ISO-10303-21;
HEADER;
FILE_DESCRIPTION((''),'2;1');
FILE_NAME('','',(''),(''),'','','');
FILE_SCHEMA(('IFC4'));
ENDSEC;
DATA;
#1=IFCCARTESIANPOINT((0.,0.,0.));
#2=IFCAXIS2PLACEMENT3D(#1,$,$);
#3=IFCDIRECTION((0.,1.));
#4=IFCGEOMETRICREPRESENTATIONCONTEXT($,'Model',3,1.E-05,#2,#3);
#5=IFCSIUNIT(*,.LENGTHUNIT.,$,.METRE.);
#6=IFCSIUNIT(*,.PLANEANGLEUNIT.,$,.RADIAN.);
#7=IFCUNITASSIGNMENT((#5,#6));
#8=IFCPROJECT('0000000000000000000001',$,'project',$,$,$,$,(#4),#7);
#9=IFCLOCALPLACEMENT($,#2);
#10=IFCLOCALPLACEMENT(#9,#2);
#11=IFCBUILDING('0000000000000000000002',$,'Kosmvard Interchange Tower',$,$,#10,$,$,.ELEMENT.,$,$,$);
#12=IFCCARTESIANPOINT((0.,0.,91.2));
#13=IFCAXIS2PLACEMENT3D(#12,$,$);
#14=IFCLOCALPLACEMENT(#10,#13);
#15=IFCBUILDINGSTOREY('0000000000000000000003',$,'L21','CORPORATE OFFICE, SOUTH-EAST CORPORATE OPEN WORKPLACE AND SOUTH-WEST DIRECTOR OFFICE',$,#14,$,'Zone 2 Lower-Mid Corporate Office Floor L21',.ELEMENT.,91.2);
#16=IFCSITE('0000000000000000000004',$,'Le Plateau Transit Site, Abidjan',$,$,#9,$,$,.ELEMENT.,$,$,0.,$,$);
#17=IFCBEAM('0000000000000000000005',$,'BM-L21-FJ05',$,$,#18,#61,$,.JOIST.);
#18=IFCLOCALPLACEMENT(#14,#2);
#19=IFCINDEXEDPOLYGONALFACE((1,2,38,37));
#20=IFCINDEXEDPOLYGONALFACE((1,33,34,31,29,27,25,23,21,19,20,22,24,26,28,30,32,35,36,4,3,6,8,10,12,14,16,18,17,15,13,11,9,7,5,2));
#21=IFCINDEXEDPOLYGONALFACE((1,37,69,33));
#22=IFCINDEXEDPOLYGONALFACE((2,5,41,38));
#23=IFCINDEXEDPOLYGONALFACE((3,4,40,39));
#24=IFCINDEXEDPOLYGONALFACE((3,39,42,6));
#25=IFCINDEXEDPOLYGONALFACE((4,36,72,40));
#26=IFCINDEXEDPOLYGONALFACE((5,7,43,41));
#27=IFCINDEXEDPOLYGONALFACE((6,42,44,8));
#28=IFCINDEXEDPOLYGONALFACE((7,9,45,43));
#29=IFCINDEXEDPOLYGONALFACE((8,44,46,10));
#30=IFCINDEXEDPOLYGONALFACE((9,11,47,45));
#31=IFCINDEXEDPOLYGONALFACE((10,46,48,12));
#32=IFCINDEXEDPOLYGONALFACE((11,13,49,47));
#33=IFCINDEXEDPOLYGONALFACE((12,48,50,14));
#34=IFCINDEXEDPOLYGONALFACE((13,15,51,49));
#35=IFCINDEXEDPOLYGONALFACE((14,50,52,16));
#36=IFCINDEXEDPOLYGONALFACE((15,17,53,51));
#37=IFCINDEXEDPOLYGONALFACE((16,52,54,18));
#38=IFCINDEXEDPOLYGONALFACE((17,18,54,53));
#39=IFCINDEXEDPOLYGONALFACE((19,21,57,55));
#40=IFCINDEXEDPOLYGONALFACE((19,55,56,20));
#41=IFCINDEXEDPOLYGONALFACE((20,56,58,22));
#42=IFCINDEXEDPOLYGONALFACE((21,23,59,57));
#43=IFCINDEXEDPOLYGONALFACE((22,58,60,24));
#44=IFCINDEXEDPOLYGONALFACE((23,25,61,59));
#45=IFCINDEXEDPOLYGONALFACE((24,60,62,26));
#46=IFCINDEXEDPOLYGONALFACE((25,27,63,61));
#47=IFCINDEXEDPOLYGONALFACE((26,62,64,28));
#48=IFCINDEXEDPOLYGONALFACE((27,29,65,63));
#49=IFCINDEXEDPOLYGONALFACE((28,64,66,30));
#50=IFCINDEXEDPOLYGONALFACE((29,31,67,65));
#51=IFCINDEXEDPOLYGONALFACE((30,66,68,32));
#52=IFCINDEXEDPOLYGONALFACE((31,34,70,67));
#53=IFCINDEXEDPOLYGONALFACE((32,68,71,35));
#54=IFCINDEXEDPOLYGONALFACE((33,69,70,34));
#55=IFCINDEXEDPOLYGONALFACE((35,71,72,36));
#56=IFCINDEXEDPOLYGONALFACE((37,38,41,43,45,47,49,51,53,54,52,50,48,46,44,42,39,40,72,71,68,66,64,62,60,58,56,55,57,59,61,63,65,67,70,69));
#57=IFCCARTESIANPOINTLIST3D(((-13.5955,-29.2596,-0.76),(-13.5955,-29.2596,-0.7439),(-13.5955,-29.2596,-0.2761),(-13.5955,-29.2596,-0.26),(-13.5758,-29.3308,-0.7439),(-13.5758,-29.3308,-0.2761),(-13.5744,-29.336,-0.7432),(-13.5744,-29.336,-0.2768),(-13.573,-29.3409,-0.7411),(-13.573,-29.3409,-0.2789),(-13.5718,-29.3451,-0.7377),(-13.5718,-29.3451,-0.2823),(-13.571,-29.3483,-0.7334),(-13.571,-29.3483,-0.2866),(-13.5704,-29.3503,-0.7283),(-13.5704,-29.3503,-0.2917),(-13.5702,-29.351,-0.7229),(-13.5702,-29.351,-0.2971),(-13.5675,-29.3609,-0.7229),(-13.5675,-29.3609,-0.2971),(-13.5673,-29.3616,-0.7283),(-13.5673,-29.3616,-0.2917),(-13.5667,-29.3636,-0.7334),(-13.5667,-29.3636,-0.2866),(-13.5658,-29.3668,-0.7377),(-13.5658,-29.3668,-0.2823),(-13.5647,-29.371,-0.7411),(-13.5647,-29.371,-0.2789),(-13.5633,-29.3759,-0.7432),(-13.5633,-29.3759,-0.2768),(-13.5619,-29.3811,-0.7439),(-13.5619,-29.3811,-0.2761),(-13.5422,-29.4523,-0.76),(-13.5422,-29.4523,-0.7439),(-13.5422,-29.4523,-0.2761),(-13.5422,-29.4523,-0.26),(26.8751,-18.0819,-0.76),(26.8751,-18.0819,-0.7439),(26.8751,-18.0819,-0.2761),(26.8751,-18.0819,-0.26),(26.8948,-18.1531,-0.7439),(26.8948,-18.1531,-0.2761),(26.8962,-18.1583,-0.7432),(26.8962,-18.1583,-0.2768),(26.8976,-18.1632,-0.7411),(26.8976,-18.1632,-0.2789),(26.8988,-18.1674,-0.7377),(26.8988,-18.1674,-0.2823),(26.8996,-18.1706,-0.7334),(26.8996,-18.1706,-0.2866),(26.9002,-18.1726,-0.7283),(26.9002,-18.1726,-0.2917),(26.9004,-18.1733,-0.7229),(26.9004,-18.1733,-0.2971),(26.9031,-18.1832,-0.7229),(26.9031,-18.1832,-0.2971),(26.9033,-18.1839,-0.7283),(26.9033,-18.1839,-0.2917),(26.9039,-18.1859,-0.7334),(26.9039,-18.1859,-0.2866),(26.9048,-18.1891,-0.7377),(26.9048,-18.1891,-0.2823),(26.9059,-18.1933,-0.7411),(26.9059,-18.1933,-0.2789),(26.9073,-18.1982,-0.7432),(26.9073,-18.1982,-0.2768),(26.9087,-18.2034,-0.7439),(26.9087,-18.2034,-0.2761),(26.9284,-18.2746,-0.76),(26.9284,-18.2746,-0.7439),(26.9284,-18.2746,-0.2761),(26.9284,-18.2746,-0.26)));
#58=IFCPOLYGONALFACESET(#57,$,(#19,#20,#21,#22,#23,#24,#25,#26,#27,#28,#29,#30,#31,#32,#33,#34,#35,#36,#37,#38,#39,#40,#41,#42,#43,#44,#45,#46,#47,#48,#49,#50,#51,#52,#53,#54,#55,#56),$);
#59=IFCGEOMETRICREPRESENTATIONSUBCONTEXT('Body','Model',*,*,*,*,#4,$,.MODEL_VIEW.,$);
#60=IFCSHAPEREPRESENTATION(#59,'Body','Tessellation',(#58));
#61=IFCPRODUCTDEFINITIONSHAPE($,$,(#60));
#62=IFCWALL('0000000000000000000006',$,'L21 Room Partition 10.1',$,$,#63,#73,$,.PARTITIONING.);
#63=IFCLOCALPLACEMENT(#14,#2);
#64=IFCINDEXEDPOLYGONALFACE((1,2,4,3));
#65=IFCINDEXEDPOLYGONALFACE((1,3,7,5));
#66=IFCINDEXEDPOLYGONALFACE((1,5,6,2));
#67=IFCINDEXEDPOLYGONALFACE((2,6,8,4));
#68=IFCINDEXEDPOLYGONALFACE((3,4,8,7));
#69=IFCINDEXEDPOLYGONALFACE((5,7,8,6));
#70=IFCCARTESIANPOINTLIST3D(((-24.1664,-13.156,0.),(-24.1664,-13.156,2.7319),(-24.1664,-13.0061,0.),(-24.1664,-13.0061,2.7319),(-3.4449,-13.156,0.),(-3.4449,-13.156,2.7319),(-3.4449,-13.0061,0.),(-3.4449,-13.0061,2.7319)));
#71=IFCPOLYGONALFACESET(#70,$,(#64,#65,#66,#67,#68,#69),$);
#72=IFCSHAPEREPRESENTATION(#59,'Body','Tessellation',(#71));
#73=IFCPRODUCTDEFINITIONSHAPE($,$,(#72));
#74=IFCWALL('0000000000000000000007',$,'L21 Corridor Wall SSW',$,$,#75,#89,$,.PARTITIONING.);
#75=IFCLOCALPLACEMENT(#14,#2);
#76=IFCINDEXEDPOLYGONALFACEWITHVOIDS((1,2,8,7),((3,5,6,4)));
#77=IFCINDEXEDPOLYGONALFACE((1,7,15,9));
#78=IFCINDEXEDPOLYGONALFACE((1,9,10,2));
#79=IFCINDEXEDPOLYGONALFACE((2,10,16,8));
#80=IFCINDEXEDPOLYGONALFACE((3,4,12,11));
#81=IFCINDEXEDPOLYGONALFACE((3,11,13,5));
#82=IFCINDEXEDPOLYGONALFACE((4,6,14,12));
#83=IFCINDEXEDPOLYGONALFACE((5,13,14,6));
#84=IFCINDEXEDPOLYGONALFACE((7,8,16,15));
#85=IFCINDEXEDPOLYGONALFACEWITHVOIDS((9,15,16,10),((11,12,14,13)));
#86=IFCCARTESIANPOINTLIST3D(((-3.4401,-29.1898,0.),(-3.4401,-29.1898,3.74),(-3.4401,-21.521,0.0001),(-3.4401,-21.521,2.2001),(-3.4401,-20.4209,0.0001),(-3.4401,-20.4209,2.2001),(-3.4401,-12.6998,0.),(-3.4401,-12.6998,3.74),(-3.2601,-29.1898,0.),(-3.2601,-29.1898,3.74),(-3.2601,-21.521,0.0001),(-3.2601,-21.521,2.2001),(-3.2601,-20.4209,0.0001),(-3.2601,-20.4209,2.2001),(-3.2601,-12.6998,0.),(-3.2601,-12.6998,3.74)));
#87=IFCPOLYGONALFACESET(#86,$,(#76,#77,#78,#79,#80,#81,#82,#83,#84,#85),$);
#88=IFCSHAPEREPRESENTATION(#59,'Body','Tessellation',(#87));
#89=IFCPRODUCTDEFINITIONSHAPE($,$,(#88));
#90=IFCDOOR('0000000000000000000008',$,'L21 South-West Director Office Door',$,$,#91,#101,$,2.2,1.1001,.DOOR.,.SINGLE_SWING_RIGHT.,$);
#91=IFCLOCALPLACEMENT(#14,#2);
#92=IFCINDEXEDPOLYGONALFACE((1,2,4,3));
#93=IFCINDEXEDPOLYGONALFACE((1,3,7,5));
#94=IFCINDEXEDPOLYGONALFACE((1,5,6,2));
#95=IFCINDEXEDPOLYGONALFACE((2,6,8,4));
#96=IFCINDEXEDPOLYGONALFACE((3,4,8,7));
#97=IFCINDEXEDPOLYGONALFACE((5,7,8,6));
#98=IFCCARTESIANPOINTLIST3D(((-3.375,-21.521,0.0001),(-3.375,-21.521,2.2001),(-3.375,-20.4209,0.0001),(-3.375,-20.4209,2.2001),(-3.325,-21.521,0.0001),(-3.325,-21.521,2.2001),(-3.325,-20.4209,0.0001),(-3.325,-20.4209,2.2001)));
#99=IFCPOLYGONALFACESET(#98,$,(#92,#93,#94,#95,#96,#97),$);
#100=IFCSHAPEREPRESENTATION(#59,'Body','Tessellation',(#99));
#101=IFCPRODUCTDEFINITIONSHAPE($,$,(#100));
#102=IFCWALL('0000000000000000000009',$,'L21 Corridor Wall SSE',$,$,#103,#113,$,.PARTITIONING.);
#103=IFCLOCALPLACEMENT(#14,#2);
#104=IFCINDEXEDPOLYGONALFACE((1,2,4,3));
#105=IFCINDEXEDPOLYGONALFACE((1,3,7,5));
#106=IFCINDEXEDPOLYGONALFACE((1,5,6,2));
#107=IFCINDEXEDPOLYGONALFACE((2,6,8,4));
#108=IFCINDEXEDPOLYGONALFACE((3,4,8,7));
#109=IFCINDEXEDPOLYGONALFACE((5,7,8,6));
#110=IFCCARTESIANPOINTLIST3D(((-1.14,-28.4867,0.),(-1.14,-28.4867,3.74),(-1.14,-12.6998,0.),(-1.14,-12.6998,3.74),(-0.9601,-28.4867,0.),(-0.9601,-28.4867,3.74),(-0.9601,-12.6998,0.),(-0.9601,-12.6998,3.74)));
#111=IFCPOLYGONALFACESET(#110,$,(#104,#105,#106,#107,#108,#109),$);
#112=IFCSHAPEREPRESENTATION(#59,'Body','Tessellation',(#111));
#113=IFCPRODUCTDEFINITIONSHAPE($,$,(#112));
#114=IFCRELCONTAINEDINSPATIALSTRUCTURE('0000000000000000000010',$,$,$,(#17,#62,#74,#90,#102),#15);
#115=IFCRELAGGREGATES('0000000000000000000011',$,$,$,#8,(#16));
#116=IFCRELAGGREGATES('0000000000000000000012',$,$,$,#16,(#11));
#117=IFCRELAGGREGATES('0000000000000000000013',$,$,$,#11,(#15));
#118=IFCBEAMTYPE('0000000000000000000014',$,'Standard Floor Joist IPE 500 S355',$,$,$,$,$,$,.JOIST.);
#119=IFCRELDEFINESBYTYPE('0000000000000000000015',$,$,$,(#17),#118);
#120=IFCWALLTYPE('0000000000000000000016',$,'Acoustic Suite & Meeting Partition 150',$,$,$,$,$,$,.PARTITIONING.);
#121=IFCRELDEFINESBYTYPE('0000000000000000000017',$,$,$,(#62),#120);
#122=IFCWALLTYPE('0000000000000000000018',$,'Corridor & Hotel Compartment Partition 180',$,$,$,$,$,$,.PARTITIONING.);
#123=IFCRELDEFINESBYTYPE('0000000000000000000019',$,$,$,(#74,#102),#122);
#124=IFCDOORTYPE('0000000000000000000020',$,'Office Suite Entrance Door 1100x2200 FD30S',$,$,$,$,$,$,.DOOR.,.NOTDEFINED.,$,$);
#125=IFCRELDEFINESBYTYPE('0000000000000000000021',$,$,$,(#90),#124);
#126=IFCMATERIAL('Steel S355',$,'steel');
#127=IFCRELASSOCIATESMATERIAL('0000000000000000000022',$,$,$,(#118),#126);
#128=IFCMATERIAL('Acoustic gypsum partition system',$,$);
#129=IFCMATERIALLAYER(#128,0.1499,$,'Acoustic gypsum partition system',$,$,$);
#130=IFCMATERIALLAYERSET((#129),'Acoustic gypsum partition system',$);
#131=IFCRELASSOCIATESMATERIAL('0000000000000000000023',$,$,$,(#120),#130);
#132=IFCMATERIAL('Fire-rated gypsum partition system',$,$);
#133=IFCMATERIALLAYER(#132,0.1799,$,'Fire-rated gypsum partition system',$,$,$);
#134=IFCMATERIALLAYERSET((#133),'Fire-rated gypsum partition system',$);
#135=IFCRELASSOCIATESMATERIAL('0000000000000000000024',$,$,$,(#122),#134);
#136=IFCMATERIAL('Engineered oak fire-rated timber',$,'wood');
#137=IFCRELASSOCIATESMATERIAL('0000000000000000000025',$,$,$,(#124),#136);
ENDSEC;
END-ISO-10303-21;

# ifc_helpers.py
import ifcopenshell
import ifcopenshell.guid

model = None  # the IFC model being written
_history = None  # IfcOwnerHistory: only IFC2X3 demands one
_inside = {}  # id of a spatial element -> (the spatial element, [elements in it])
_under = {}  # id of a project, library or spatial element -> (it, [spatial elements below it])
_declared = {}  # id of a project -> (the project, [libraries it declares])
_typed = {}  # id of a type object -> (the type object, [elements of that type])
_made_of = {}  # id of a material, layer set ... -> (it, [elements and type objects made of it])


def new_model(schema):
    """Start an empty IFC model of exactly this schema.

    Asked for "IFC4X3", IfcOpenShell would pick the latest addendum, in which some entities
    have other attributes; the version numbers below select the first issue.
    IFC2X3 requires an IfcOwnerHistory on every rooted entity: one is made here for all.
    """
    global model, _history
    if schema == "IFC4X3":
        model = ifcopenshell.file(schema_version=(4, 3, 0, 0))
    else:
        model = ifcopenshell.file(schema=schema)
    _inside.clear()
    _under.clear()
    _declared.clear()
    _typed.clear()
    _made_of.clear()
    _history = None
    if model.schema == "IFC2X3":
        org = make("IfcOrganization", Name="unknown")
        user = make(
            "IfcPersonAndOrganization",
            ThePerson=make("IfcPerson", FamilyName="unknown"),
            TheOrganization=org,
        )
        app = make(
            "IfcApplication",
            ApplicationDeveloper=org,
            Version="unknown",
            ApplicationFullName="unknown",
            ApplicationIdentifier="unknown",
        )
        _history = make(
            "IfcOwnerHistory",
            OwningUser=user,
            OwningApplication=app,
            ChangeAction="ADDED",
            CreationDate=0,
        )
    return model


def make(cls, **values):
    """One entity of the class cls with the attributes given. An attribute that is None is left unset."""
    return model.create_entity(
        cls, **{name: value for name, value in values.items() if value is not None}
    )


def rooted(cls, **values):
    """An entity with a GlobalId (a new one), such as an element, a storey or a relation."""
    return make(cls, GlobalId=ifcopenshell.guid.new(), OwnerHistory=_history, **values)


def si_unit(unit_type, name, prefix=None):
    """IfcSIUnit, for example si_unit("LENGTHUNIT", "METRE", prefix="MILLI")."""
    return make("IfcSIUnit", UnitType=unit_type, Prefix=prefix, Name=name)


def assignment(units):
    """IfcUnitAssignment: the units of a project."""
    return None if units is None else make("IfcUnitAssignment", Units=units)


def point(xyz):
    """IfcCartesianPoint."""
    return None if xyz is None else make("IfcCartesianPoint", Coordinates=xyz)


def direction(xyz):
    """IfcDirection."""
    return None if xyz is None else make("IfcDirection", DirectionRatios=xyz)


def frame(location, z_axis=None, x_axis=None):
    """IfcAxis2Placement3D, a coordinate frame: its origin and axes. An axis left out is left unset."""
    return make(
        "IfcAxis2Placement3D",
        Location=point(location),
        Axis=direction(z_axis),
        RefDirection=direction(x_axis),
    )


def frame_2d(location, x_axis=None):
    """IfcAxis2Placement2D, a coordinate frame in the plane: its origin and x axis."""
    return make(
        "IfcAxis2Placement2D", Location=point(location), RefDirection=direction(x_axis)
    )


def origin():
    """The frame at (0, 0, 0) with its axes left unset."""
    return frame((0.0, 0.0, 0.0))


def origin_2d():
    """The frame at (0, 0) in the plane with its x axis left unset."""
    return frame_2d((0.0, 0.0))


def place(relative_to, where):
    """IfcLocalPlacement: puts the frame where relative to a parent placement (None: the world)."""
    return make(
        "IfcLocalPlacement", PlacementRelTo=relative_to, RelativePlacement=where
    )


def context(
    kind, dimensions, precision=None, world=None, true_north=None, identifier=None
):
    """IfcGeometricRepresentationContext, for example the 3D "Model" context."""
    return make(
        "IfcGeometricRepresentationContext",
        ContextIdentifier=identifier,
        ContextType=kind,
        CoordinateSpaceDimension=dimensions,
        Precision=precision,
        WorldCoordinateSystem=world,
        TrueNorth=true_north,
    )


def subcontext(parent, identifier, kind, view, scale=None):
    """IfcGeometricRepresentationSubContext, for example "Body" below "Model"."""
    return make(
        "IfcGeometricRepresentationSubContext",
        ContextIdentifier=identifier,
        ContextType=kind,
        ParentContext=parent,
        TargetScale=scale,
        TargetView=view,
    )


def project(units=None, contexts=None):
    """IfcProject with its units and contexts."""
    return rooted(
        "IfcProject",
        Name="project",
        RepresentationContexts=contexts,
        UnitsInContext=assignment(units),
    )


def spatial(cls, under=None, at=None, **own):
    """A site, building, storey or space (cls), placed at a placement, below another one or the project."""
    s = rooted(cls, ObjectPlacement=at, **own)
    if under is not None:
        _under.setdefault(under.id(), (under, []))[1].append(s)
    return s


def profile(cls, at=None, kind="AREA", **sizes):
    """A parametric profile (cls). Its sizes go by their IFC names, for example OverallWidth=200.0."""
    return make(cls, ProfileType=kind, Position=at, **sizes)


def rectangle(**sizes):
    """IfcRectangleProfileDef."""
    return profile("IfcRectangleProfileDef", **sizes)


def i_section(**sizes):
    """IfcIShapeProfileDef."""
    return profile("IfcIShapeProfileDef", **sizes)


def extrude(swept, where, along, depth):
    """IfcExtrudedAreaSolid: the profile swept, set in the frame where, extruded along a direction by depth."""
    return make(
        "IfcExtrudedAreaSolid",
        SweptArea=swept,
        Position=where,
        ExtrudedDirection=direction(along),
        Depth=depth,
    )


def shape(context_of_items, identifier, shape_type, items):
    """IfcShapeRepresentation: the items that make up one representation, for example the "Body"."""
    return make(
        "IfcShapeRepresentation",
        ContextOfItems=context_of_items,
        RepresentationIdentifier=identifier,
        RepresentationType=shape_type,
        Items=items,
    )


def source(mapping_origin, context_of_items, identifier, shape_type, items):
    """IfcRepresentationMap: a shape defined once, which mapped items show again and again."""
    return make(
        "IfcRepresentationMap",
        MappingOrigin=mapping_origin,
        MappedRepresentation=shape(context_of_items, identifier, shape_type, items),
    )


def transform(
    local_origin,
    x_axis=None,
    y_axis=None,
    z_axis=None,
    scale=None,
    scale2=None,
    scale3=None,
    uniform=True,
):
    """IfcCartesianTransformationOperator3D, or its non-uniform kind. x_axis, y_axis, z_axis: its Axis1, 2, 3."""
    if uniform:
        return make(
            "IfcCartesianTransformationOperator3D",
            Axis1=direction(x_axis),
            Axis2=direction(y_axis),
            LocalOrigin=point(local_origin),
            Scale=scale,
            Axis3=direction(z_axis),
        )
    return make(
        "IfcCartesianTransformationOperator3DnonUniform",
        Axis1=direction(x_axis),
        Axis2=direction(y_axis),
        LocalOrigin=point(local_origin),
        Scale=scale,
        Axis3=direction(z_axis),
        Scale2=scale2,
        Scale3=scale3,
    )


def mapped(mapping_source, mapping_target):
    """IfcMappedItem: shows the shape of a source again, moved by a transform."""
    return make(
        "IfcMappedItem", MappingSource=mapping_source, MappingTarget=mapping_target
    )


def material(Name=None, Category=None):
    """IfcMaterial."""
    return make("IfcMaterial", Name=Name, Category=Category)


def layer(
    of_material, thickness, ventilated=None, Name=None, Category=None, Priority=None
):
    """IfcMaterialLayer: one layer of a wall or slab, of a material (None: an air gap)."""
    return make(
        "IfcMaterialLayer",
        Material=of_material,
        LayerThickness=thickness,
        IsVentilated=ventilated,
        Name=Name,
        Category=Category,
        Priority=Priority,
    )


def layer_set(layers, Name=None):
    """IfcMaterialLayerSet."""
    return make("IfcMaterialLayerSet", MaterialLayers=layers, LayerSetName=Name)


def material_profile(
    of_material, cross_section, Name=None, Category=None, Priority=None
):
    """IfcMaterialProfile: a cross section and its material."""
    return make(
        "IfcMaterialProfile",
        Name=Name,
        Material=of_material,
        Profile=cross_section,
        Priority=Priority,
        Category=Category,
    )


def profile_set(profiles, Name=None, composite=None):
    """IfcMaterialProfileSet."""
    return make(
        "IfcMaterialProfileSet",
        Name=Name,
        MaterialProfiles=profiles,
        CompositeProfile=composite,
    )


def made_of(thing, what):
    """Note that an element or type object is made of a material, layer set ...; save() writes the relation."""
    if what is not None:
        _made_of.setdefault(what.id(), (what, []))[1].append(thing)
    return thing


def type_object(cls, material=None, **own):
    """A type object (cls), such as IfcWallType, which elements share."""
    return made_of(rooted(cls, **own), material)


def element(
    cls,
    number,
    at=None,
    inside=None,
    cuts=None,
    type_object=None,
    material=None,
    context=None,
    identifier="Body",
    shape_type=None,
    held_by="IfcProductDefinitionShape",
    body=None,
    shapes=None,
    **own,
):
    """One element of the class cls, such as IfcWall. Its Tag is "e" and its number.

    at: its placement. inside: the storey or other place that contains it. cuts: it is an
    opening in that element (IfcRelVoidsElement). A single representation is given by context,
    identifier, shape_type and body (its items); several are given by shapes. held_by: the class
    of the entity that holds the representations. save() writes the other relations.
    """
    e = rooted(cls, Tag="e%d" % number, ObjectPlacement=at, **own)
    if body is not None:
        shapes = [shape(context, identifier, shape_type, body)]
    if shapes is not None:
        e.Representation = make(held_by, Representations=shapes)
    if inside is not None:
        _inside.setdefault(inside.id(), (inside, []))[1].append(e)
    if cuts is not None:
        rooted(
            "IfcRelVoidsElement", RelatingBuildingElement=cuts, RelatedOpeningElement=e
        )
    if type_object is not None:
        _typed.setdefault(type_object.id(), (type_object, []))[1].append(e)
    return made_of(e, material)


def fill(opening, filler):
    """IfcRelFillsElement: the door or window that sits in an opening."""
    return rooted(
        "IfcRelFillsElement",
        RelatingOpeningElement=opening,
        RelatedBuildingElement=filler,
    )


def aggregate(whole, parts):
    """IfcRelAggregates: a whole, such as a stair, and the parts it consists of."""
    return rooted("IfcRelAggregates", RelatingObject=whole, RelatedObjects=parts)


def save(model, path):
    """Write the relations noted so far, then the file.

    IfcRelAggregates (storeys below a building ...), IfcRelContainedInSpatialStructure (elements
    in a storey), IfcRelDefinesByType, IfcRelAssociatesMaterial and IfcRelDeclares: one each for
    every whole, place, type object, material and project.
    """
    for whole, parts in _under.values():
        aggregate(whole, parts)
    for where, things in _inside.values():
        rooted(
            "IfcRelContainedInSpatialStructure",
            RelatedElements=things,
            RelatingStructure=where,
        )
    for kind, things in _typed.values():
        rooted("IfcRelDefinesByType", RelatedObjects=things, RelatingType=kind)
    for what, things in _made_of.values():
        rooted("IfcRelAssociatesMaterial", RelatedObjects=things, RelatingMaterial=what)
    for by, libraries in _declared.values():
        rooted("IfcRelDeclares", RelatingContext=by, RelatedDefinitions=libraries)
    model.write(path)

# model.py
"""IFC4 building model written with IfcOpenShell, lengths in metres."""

from ifc_helpers import new_model, si_unit, direction, frame, frame_2d, origin, origin_2d, place, context, subcontext, project, spatial, rectangle, i_section, extrude, source, transform, mapped, material, layer, layer_set, material_profile, profile_set, type_object, element, fill, save


model = new_model("IFC4")

# Units and contexts
model_context = context("Model", 3, precision=1e-05, world=origin(), true_north=direction((0.0, 1.0)))
body_context = subcontext(model_context, "Body", "Model", "MODEL_VIEW")
ifc_project = project(units=[si_unit("LENGTHUNIT", "METRE"), si_unit("PLANEANGLEUNIT", "RADIAN")], contexts=[model_context])

# Site, building, storey
site_placement = place(None, origin())
site = spatial("IfcSite", under=ifc_project, at=site_placement, Name="Le Plateau Transit Site, Abidjan", CompositionType="ELEMENT", RefElevation=0.0)
building_placement = place(site_placement, origin())
building = spatial("IfcBuilding", under=site, at=building_placement, Name="Kosmvard Interchange Tower", CompositionType="ELEMENT")
storey_placement = place(building_placement, frame((0.0, 0.0, 91.2)))
storey = spatial("IfcBuildingStorey", under=building, at=storey_placement, Name="L21", Description="CORPORATE OFFICE, SOUTH-EAST CORPORATE OPEN WORKPLACE AND SOUTH-WEST DIRECTOR OFFICE", LongName="Zone 2 Lower-Mid Corporate Office Floor L21", CompositionType="ELEMENT", Elevation=91.2)

# Beam
ifc_material_1 = material(Name="Steel S355", Category="steel")
ifc_material_profile_1 = material_profile(ifc_material_1, i_section(OverallWidth=0.2, OverallDepth=0.5, WebThickness=0.0103, FlangeThickness=0.0161, FilletRadius=0.021, at=origin_2d()), Name="IPE 500")
ifc_profile_set_1 = profile_set([ifc_material_profile_1], Name="Steel S355")
beam_type_1 = type_object("IfcBeamType", Name="Standard Floor Joist IPE 500 S355", PredefinedType="JOIST", material=ifc_profile_set_1)
shared_shape_1 = source(origin(), body_context, "Body", "SweptSolid", [
    extrude(i_section(OverallWidth=0.2, OverallDepth=0.5, WebThickness=0.0103, FlangeThickness=0.0161, FilletRadius=0.021, at=origin_2d()), origin(), (0.0, 0.0, 1.0), 41.9858),
])
beam_1_placement = place(storey_placement, frame((-13.5688, -29.356, -0.51), z_axis=(0.963911, 0.266226, 0.0), x_axis=(-0.266226, 0.963911, 0.0)))
element("IfcBeam", 1, at=beam_1_placement, inside=storey, type_object=beam_type_1, Name="BM-L21-FJ05", PredefinedType="JOIST", context=body_context, shape_type="MappedRepresentation", body=[
    mapped(shared_shape_1, transform((0.0, 0.0, 0.0), scale=1.0)),
])

# Wall
ifc_material_2 = material(Name="Acoustic gypsum partition system")
ifc_layer_1 = layer(ifc_material_2, 0.1499, Name="Acoustic gypsum partition system")
ifc_layer_set_1 = layer_set([ifc_layer_1], Name="Acoustic gypsum partition system")
wall_type_1 = type_object("IfcWallType", Name="Acoustic Suite & Meeting Partition 150", PredefinedType="PARTITIONING", material=ifc_layer_set_1)
wall_1_placement = place(storey_placement, frame((-24.1665, -13.0811, 0.0), z_axis=(0.0, 0.0, 1.0), x_axis=(1.0, 0.0, 0.0)))
element("IfcWall", 2, at=wall_1_placement, inside=storey, type_object=wall_type_1, Name="L21 Room Partition 10.1", PredefinedType="PARTITIONING", context=body_context, shape_type="SweptSolid", body=[
    extrude(rectangle(XDim=20.7214, YDim=0.1499, at=frame_2d((10.3608, 0.0))), origin(), (0.0, 0.0, 1.0), 2.7319),
])

# Wall, opening, door
ifc_material_3 = material(Name="Fire-rated gypsum partition system")
ifc_layer_2 = layer(ifc_material_3, 0.1799, Name="Fire-rated gypsum partition system")
ifc_layer_set_2 = layer_set([ifc_layer_2], Name="Fire-rated gypsum partition system")
wall_type_2 = type_object("IfcWallType", Name="Corridor & Hotel Compartment Partition 180", PredefinedType="PARTITIONING", material=ifc_layer_set_2)
wall_2_placement = place(storey_placement, frame((-3.3501, -29.1899, 0.0), z_axis=(0.0, 0.0, 1.0), x_axis=(0.0, 1.0, 0.0)))
wall_2 = element("IfcWall", 3, at=wall_2_placement, inside=storey, type_object=wall_type_2, Name="L21 Corridor Wall SSW", PredefinedType="PARTITIONING", context=body_context, shape_type="SweptSolid", body=[
    extrude(rectangle(XDim=16.49, YDim=0.1799, at=frame_2d((8.2451, 0.0))), origin(), (0.0, 0.0, 1.0), 3.74),
])
opening_1_placement = place(wall_2_placement, frame((7.6689, 0.0, 0.0)))
opening_1 = element("IfcOpeningElement", 4, at=opening_1_placement, cuts=wall_2, PredefinedType="OPENING", context=body_context, shape_type="SweptSolid", body=[
    extrude(rectangle(XDim=1.1001, YDim=2.2, at=frame_2d((0.55, 1.1001))), frame((0.0, 0.1001, 0.0), z_axis=(0.0, -1.0, 0.0), x_axis=(1.0, 0.0, 0.0)), (0.0, 0.0, 1.0), 0.2),
])
ifc_material_4 = material(Name="Engineered oak fire-rated timber", Category="wood")
door_type_1 = type_object("IfcDoorType", Name="Office Suite Entrance Door 1100x2200 FD30S", OperationType="NOTDEFINED", PredefinedType="DOOR", material=ifc_material_4)
shared_shape_2 = source(origin(), body_context, "Body", "SweptSolid", [
    extrude(rectangle(XDim=1.1001, YDim=2.2, at=frame_2d((0.55, 1.1001))), frame((0.0, 0.0249, 0.0), z_axis=(0.0, -1.0, 0.0), x_axis=(1.0, 0.0, 0.0)), (0.0, 0.0, 1.0), 0.05),
])
door_1_placement = place(opening_1_placement, origin())
door_1 = element("IfcDoor", 5, at=door_1_placement, inside=storey, type_object=door_type_1, Name="L21 South-West Director Office Door", OperationType="SINGLE_SWING_RIGHT", OverallHeight=2.2, OverallWidth=1.1001, PredefinedType="DOOR", context=body_context, shape_type="MappedRepresentation", body=[
    mapped(shared_shape_2, transform((0.0, 0.0, 0.0), scale=1.0)),
])
fill(opening_1, door_1)

# Wall
wall_3_placement = place(storey_placement, frame((-1.05, -28.4868, 0.0), z_axis=(0.0, 0.0, 1.0), x_axis=(0.0, 1.0, 0.0)))
element("IfcWall", 6, at=wall_3_placement, inside=storey, type_object=wall_type_2, Name="L21 Corridor Wall SSE", PredefinedType="PARTITIONING", context=body_context, shape_type="SweptSolid", body=[
    extrude(rectangle(XDim=15.7869, YDim=0.1799, at=frame_2d((7.8936, 0.0))), origin(), (0.0, 0.0, 1.0), 3.74),
])

save(model, "model.ifc")
